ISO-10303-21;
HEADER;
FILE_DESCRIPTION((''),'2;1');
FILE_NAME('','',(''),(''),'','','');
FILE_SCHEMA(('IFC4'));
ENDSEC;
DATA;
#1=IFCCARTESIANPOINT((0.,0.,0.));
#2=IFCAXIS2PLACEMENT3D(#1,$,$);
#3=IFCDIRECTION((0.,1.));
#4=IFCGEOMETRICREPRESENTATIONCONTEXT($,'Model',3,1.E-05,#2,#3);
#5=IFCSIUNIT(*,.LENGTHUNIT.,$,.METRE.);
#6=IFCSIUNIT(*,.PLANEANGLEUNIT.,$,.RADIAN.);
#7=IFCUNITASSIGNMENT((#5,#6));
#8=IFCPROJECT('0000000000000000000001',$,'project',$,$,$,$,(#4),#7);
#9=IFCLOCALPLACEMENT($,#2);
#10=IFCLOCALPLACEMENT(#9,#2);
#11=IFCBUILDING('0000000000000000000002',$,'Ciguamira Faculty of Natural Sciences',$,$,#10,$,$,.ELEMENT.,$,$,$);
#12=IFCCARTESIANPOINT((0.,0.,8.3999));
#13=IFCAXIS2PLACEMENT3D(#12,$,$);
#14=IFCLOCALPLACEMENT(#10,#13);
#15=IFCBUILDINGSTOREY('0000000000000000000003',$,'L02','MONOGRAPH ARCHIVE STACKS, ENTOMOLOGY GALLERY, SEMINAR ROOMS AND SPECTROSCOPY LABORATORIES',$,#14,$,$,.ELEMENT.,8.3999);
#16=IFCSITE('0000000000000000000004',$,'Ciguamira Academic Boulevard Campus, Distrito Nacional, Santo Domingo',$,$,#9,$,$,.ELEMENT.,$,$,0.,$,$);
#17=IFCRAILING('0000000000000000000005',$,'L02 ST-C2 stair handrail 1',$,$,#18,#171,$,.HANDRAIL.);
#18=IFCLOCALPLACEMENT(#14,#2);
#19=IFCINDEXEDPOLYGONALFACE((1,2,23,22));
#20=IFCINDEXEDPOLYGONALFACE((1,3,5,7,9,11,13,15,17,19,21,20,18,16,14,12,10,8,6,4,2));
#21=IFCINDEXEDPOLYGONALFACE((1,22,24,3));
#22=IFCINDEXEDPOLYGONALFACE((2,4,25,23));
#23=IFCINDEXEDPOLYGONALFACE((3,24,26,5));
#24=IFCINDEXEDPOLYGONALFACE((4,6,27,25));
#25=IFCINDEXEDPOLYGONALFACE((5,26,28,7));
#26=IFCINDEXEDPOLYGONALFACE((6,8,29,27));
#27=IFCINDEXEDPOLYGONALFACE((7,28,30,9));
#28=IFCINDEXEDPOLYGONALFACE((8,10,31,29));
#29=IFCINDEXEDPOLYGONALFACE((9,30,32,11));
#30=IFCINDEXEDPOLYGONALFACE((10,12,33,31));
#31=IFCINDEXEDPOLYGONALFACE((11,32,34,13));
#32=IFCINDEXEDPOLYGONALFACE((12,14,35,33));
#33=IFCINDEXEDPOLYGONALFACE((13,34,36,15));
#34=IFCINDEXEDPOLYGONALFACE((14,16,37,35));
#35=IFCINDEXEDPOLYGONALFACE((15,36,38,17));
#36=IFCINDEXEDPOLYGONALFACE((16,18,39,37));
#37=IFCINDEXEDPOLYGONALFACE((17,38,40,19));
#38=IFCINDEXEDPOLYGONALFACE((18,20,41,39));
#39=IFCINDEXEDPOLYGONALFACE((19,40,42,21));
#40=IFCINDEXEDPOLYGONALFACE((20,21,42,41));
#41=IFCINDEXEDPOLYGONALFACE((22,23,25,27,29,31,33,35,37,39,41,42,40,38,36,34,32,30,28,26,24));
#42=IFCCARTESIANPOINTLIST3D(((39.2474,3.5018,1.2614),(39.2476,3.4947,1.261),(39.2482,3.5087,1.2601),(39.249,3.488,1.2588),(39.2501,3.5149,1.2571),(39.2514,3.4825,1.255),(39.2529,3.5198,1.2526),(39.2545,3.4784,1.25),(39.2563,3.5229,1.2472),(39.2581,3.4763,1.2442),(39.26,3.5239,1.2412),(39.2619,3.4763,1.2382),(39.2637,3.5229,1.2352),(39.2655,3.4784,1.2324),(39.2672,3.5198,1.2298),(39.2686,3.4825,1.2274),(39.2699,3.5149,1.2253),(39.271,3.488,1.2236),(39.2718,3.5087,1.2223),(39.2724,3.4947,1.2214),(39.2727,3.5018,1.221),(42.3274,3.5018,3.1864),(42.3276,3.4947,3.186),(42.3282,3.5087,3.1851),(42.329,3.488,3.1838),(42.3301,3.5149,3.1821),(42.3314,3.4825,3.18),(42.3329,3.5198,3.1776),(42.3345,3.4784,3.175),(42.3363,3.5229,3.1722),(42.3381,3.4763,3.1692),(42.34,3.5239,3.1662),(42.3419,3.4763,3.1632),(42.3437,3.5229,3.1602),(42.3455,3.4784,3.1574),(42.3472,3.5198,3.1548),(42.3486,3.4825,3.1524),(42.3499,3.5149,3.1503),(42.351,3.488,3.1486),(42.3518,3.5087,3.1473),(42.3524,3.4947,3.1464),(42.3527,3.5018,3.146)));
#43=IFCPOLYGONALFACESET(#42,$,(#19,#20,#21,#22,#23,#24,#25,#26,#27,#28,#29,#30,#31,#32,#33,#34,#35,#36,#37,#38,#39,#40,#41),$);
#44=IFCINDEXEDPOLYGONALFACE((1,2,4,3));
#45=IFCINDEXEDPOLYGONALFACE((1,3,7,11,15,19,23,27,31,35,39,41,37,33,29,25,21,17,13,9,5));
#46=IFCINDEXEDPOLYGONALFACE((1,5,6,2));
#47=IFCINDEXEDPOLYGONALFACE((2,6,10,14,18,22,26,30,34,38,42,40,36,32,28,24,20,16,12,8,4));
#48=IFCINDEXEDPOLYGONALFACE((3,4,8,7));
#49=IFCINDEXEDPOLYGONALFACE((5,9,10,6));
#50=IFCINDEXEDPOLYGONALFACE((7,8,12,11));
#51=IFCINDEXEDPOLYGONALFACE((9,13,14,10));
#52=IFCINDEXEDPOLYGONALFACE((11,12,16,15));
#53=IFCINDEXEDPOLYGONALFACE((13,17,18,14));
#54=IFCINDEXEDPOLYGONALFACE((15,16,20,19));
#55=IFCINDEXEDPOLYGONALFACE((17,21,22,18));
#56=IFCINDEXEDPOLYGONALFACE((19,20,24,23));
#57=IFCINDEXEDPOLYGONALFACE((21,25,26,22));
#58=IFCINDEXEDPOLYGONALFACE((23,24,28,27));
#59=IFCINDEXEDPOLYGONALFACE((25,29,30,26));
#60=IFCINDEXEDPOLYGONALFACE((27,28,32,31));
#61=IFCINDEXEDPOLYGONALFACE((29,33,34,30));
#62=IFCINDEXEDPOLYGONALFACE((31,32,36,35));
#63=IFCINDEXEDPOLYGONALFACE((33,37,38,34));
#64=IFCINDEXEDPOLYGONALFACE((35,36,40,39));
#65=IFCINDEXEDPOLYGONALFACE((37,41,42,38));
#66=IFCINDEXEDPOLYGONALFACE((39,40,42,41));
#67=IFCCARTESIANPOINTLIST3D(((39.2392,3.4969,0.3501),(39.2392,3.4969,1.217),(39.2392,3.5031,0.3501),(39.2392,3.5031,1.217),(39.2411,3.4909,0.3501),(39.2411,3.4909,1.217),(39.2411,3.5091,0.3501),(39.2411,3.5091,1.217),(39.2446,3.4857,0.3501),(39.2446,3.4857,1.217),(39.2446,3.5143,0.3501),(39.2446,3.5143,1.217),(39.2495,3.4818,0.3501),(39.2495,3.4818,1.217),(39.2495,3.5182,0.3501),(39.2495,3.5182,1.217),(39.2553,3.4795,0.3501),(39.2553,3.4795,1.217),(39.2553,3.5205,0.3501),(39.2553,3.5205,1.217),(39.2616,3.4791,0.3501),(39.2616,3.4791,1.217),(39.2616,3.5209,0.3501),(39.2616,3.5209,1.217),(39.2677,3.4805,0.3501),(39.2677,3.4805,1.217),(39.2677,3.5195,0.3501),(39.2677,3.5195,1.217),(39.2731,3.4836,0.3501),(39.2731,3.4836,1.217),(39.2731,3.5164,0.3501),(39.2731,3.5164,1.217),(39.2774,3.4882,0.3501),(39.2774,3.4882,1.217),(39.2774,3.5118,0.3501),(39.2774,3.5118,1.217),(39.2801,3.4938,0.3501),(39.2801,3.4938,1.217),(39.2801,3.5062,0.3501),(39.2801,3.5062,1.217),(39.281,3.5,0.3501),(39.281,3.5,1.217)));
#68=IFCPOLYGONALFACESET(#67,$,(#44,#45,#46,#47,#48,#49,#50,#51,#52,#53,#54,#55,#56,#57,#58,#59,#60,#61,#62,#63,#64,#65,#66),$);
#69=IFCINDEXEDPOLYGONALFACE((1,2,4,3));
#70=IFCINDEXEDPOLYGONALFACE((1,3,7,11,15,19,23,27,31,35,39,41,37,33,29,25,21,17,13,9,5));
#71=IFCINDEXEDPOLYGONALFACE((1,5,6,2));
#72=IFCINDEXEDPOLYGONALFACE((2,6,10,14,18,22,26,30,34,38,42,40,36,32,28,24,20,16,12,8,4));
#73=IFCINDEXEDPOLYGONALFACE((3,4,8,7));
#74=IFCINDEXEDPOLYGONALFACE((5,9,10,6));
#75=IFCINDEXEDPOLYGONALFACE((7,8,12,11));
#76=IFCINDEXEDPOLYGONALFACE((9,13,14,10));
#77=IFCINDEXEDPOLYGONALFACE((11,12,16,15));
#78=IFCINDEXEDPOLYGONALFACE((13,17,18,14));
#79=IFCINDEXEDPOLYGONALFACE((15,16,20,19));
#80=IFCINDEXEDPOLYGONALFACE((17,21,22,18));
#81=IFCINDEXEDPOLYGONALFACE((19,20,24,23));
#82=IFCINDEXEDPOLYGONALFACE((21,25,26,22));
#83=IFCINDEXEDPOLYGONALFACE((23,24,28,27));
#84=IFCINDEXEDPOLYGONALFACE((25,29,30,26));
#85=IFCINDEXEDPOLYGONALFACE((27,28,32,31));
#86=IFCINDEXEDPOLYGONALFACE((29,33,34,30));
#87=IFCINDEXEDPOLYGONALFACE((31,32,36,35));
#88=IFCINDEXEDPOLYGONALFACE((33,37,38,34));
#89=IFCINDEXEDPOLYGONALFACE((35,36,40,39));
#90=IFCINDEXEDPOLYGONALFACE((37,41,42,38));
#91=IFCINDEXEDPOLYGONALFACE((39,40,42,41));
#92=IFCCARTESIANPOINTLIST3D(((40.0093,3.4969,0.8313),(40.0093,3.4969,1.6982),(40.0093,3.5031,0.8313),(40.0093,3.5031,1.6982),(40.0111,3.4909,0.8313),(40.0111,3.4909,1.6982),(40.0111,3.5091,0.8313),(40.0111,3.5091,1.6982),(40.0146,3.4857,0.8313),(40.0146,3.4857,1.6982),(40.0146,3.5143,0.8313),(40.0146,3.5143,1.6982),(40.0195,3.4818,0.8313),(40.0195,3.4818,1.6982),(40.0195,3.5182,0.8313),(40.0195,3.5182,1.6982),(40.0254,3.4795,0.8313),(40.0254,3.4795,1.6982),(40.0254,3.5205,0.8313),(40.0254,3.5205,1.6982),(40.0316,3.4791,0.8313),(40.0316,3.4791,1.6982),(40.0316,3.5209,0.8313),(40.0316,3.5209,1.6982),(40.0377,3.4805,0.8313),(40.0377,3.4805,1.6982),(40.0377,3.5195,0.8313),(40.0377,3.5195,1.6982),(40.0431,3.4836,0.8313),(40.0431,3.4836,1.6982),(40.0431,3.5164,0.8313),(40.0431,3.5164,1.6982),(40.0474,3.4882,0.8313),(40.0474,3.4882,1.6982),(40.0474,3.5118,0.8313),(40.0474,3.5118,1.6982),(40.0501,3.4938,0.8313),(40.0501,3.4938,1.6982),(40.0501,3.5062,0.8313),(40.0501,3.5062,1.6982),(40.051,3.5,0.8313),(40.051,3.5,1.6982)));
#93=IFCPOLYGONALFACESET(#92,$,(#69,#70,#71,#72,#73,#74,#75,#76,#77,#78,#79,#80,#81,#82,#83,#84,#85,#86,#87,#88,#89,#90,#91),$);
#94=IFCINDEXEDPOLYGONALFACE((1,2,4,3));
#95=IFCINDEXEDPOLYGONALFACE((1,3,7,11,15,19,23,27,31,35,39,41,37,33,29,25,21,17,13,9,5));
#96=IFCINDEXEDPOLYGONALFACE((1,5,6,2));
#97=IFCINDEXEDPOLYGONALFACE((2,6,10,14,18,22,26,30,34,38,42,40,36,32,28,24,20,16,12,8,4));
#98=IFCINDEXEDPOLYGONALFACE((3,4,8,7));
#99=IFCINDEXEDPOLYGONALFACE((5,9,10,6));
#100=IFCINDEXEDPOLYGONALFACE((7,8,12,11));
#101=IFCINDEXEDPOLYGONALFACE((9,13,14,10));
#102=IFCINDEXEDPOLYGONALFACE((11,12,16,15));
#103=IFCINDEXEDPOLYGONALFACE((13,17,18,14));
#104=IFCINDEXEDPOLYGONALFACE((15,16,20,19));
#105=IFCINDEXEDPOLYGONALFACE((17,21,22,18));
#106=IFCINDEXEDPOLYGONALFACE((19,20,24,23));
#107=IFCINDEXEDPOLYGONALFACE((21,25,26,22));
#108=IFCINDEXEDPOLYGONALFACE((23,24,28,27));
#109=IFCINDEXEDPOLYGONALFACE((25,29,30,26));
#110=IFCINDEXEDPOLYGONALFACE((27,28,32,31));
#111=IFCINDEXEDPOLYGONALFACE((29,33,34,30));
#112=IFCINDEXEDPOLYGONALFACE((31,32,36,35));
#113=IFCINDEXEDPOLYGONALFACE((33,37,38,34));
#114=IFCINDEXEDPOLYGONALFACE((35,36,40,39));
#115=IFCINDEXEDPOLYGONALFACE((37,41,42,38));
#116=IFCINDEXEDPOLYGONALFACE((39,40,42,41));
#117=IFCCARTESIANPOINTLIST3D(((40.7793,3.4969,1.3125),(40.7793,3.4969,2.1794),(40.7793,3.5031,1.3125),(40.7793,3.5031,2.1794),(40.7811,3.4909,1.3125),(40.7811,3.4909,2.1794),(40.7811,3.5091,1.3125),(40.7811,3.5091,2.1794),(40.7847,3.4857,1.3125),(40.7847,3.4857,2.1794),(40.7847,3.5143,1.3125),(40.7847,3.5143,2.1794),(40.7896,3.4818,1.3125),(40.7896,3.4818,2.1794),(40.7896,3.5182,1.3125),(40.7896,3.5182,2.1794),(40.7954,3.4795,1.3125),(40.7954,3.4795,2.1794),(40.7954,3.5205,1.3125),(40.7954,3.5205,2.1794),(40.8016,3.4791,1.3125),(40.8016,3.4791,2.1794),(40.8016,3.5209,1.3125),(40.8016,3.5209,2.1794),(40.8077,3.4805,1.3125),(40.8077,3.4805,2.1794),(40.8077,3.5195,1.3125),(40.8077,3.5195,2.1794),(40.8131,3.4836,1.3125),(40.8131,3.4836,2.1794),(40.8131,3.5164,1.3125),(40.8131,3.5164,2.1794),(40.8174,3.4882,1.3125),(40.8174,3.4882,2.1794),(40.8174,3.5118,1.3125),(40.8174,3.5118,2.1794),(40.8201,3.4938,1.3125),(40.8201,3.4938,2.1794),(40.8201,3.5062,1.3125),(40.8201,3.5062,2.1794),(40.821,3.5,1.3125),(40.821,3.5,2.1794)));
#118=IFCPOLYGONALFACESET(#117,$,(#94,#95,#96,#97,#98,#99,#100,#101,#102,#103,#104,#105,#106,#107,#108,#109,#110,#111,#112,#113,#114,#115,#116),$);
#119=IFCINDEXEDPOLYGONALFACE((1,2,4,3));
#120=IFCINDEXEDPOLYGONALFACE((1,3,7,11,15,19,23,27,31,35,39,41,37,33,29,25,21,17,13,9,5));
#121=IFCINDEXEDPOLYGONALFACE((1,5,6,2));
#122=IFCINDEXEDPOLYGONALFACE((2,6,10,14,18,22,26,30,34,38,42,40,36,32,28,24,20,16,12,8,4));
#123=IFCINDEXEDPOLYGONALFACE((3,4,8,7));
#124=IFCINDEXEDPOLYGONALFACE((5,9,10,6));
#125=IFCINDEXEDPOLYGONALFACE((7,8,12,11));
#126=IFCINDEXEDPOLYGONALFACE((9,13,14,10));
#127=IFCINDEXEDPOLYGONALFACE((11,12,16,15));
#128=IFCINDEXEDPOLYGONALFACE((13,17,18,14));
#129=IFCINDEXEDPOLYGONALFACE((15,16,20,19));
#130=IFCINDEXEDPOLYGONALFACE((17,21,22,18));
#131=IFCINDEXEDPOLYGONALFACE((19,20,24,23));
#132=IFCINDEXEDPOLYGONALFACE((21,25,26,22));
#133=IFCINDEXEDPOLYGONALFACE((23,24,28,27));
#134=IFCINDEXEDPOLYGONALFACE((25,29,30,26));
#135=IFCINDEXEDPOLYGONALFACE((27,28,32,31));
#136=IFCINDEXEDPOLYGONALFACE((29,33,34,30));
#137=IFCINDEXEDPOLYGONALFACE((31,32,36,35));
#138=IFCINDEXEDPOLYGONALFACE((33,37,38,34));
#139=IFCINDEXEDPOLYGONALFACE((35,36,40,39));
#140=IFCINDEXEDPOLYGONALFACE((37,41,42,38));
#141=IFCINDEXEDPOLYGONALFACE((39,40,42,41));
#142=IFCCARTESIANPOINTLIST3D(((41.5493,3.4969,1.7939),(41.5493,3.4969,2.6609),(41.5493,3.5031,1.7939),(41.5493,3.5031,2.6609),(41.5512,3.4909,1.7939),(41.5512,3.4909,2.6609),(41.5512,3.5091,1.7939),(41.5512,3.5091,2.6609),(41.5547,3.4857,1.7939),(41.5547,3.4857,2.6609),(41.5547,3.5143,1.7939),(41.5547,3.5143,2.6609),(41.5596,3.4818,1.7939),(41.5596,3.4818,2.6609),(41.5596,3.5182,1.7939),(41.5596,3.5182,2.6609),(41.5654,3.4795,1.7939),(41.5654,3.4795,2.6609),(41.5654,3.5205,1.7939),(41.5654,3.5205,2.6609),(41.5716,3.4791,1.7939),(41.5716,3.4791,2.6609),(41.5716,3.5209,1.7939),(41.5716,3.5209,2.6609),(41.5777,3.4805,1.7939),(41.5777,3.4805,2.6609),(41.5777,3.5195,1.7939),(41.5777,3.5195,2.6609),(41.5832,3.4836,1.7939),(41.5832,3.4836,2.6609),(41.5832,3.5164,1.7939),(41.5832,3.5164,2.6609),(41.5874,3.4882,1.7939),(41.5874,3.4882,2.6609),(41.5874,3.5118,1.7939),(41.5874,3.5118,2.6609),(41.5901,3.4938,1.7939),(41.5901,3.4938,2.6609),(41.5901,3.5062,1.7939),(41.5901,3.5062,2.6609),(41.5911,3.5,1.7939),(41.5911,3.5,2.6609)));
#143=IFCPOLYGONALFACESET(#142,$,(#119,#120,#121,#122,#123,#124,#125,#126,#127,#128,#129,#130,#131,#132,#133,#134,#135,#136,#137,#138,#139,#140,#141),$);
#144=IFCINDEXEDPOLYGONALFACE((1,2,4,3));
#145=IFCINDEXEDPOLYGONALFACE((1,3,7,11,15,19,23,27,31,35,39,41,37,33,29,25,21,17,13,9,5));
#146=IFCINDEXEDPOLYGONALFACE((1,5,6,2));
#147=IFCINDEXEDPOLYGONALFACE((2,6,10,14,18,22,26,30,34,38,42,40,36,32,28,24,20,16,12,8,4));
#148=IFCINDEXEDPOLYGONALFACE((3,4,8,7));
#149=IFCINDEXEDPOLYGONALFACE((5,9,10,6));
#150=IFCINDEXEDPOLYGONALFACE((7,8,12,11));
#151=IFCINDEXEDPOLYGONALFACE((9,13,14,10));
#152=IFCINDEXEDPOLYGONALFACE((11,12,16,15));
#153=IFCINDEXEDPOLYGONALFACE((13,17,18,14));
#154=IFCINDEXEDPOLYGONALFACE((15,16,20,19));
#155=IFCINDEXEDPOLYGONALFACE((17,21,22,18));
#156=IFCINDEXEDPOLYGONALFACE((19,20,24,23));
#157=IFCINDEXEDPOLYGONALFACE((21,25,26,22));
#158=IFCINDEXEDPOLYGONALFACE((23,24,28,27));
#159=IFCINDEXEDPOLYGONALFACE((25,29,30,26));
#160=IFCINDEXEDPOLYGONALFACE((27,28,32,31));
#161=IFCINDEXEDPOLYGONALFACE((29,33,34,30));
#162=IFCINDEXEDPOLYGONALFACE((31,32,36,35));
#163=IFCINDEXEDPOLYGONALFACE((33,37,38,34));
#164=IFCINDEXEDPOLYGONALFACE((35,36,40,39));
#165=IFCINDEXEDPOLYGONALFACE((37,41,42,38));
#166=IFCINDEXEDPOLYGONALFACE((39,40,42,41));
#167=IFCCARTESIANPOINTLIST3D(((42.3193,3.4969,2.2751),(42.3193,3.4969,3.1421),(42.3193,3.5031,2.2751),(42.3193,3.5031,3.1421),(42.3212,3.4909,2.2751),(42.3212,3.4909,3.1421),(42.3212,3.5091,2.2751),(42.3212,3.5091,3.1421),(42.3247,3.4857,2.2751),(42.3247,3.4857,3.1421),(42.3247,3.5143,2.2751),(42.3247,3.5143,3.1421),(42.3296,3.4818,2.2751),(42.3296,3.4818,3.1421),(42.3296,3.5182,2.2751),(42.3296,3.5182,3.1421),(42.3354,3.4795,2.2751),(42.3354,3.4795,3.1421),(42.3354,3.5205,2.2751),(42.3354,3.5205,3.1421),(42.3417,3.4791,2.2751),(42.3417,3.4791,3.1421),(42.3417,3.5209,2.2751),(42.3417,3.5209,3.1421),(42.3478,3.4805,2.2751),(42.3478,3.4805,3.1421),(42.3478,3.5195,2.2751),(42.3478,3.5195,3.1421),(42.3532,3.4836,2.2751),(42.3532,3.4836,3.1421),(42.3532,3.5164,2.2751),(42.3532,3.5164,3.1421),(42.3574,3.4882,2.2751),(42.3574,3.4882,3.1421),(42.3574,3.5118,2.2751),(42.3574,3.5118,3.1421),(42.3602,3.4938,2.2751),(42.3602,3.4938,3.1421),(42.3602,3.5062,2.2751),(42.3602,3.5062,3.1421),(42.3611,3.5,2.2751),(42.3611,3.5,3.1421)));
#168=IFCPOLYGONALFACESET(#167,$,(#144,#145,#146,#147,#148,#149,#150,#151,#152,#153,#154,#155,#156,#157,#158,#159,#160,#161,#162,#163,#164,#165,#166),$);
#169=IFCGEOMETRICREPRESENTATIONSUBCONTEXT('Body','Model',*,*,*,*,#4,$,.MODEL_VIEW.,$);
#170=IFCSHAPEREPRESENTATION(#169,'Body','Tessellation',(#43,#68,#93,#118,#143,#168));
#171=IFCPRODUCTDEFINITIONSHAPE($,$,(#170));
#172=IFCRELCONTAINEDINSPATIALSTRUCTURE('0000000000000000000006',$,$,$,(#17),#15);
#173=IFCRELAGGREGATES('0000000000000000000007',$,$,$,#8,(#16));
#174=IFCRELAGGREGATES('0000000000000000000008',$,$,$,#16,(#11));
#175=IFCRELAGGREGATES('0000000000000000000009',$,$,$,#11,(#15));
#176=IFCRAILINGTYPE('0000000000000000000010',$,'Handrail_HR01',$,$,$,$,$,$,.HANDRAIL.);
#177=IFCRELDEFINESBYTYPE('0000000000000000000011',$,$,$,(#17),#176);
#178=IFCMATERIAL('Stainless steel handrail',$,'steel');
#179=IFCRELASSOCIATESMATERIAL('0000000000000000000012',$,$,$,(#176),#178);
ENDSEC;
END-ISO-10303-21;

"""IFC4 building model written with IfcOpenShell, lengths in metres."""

from ifc_helpers import new_model, si_unit, direction, frame, origin, origin_2d, place, context, subcontext, project, spatial, circle, extrude, material, type_object, element, save


model = new_model("IFC4")

# Units and contexts
model_context = context("Model", 3, precision=1e-05, world=origin(), true_north=direction((0.0, 1.0)))
body_context = subcontext(model_context, "Body", "Model", "MODEL_VIEW")
ifc_project = project(units=[si_unit("LENGTHUNIT", "METRE"), si_unit("PLANEANGLEUNIT", "RADIAN")], contexts=[model_context])

# Site, building, storey
site_placement = place(None, origin())
site = spatial("IfcSite", under=ifc_project, at=site_placement, Name="Ciguamira Academic Boulevard Campus, Distrito Nacional, Santo Domingo", CompositionType="ELEMENT", RefElevation=0.0)
building_placement = place(site_placement, origin())
building = spatial("IfcBuilding", under=site, at=building_placement, Name="Ciguamira Faculty of Natural Sciences", CompositionType="ELEMENT")
storey_placement = place(building_placement, frame((0.0, 0.0, 8.3999)))
storey = spatial("IfcBuildingStorey", under=building, at=storey_placement, Name="L02", Description="MONOGRAPH ARCHIVE STACKS, ENTOMOLOGY GALLERY, SEMINAR ROOMS AND SPECTROSCOPY LABORATORIES", CompositionType="ELEMENT", Elevation=8.3999)

# Railing
ifc_material_1 = material(Name="Stainless steel handrail", Category="steel")
railing_type_1 = type_object("IfcRailingType", Name="Handrail_HR01", PredefinedType="HANDRAIL", material=ifc_material_1)
railing_1_placement = place(storey_placement, frame((39.26, 3.5, 0.3501)))
element("IfcRailing", 1, at=railing_1_placement, inside=storey, type_object=railing_type_1, Name="L02 ST-C2 stair handrail 1", PredefinedType="HANDRAIL", context=body_context, shape_type="SweptSolid", body=[
    extrude(circle(Radius=0.0239, at=origin_2d()), frame((0.0, 0.0, 0.8911), z_axis=(0.847998, 0.0, 0.529999), x_axis=(0.0, 1.0, 0.0)), (0.0, 0.0, 1.0), 3.6321),
    extrude(circle(Radius=0.021, at=origin_2d()), origin(), (0.0, 0.0, 1.0), 0.8669),
    extrude(circle(Radius=0.021, at=origin_2d()), frame((0.77, 0.0, 0.4812)), (0.0, 0.0, 1.0), 0.8669),
    extrude(circle(Radius=0.021, at=origin_2d()), frame((1.54, 0.0, 0.9624)), (0.0, 0.0, 1.0), 0.8669),
    extrude(circle(Radius=0.021, at=origin_2d()), frame((2.3101, 0.0, 1.4438)), (0.0, 0.0, 1.0), 0.8669),
    extrude(circle(Radius=0.021, at=origin_2d()), frame((3.0801, 0.0, 1.925)), (0.0, 0.0, 1.0), 0.8669),
])

save(model, "model.ifc")
